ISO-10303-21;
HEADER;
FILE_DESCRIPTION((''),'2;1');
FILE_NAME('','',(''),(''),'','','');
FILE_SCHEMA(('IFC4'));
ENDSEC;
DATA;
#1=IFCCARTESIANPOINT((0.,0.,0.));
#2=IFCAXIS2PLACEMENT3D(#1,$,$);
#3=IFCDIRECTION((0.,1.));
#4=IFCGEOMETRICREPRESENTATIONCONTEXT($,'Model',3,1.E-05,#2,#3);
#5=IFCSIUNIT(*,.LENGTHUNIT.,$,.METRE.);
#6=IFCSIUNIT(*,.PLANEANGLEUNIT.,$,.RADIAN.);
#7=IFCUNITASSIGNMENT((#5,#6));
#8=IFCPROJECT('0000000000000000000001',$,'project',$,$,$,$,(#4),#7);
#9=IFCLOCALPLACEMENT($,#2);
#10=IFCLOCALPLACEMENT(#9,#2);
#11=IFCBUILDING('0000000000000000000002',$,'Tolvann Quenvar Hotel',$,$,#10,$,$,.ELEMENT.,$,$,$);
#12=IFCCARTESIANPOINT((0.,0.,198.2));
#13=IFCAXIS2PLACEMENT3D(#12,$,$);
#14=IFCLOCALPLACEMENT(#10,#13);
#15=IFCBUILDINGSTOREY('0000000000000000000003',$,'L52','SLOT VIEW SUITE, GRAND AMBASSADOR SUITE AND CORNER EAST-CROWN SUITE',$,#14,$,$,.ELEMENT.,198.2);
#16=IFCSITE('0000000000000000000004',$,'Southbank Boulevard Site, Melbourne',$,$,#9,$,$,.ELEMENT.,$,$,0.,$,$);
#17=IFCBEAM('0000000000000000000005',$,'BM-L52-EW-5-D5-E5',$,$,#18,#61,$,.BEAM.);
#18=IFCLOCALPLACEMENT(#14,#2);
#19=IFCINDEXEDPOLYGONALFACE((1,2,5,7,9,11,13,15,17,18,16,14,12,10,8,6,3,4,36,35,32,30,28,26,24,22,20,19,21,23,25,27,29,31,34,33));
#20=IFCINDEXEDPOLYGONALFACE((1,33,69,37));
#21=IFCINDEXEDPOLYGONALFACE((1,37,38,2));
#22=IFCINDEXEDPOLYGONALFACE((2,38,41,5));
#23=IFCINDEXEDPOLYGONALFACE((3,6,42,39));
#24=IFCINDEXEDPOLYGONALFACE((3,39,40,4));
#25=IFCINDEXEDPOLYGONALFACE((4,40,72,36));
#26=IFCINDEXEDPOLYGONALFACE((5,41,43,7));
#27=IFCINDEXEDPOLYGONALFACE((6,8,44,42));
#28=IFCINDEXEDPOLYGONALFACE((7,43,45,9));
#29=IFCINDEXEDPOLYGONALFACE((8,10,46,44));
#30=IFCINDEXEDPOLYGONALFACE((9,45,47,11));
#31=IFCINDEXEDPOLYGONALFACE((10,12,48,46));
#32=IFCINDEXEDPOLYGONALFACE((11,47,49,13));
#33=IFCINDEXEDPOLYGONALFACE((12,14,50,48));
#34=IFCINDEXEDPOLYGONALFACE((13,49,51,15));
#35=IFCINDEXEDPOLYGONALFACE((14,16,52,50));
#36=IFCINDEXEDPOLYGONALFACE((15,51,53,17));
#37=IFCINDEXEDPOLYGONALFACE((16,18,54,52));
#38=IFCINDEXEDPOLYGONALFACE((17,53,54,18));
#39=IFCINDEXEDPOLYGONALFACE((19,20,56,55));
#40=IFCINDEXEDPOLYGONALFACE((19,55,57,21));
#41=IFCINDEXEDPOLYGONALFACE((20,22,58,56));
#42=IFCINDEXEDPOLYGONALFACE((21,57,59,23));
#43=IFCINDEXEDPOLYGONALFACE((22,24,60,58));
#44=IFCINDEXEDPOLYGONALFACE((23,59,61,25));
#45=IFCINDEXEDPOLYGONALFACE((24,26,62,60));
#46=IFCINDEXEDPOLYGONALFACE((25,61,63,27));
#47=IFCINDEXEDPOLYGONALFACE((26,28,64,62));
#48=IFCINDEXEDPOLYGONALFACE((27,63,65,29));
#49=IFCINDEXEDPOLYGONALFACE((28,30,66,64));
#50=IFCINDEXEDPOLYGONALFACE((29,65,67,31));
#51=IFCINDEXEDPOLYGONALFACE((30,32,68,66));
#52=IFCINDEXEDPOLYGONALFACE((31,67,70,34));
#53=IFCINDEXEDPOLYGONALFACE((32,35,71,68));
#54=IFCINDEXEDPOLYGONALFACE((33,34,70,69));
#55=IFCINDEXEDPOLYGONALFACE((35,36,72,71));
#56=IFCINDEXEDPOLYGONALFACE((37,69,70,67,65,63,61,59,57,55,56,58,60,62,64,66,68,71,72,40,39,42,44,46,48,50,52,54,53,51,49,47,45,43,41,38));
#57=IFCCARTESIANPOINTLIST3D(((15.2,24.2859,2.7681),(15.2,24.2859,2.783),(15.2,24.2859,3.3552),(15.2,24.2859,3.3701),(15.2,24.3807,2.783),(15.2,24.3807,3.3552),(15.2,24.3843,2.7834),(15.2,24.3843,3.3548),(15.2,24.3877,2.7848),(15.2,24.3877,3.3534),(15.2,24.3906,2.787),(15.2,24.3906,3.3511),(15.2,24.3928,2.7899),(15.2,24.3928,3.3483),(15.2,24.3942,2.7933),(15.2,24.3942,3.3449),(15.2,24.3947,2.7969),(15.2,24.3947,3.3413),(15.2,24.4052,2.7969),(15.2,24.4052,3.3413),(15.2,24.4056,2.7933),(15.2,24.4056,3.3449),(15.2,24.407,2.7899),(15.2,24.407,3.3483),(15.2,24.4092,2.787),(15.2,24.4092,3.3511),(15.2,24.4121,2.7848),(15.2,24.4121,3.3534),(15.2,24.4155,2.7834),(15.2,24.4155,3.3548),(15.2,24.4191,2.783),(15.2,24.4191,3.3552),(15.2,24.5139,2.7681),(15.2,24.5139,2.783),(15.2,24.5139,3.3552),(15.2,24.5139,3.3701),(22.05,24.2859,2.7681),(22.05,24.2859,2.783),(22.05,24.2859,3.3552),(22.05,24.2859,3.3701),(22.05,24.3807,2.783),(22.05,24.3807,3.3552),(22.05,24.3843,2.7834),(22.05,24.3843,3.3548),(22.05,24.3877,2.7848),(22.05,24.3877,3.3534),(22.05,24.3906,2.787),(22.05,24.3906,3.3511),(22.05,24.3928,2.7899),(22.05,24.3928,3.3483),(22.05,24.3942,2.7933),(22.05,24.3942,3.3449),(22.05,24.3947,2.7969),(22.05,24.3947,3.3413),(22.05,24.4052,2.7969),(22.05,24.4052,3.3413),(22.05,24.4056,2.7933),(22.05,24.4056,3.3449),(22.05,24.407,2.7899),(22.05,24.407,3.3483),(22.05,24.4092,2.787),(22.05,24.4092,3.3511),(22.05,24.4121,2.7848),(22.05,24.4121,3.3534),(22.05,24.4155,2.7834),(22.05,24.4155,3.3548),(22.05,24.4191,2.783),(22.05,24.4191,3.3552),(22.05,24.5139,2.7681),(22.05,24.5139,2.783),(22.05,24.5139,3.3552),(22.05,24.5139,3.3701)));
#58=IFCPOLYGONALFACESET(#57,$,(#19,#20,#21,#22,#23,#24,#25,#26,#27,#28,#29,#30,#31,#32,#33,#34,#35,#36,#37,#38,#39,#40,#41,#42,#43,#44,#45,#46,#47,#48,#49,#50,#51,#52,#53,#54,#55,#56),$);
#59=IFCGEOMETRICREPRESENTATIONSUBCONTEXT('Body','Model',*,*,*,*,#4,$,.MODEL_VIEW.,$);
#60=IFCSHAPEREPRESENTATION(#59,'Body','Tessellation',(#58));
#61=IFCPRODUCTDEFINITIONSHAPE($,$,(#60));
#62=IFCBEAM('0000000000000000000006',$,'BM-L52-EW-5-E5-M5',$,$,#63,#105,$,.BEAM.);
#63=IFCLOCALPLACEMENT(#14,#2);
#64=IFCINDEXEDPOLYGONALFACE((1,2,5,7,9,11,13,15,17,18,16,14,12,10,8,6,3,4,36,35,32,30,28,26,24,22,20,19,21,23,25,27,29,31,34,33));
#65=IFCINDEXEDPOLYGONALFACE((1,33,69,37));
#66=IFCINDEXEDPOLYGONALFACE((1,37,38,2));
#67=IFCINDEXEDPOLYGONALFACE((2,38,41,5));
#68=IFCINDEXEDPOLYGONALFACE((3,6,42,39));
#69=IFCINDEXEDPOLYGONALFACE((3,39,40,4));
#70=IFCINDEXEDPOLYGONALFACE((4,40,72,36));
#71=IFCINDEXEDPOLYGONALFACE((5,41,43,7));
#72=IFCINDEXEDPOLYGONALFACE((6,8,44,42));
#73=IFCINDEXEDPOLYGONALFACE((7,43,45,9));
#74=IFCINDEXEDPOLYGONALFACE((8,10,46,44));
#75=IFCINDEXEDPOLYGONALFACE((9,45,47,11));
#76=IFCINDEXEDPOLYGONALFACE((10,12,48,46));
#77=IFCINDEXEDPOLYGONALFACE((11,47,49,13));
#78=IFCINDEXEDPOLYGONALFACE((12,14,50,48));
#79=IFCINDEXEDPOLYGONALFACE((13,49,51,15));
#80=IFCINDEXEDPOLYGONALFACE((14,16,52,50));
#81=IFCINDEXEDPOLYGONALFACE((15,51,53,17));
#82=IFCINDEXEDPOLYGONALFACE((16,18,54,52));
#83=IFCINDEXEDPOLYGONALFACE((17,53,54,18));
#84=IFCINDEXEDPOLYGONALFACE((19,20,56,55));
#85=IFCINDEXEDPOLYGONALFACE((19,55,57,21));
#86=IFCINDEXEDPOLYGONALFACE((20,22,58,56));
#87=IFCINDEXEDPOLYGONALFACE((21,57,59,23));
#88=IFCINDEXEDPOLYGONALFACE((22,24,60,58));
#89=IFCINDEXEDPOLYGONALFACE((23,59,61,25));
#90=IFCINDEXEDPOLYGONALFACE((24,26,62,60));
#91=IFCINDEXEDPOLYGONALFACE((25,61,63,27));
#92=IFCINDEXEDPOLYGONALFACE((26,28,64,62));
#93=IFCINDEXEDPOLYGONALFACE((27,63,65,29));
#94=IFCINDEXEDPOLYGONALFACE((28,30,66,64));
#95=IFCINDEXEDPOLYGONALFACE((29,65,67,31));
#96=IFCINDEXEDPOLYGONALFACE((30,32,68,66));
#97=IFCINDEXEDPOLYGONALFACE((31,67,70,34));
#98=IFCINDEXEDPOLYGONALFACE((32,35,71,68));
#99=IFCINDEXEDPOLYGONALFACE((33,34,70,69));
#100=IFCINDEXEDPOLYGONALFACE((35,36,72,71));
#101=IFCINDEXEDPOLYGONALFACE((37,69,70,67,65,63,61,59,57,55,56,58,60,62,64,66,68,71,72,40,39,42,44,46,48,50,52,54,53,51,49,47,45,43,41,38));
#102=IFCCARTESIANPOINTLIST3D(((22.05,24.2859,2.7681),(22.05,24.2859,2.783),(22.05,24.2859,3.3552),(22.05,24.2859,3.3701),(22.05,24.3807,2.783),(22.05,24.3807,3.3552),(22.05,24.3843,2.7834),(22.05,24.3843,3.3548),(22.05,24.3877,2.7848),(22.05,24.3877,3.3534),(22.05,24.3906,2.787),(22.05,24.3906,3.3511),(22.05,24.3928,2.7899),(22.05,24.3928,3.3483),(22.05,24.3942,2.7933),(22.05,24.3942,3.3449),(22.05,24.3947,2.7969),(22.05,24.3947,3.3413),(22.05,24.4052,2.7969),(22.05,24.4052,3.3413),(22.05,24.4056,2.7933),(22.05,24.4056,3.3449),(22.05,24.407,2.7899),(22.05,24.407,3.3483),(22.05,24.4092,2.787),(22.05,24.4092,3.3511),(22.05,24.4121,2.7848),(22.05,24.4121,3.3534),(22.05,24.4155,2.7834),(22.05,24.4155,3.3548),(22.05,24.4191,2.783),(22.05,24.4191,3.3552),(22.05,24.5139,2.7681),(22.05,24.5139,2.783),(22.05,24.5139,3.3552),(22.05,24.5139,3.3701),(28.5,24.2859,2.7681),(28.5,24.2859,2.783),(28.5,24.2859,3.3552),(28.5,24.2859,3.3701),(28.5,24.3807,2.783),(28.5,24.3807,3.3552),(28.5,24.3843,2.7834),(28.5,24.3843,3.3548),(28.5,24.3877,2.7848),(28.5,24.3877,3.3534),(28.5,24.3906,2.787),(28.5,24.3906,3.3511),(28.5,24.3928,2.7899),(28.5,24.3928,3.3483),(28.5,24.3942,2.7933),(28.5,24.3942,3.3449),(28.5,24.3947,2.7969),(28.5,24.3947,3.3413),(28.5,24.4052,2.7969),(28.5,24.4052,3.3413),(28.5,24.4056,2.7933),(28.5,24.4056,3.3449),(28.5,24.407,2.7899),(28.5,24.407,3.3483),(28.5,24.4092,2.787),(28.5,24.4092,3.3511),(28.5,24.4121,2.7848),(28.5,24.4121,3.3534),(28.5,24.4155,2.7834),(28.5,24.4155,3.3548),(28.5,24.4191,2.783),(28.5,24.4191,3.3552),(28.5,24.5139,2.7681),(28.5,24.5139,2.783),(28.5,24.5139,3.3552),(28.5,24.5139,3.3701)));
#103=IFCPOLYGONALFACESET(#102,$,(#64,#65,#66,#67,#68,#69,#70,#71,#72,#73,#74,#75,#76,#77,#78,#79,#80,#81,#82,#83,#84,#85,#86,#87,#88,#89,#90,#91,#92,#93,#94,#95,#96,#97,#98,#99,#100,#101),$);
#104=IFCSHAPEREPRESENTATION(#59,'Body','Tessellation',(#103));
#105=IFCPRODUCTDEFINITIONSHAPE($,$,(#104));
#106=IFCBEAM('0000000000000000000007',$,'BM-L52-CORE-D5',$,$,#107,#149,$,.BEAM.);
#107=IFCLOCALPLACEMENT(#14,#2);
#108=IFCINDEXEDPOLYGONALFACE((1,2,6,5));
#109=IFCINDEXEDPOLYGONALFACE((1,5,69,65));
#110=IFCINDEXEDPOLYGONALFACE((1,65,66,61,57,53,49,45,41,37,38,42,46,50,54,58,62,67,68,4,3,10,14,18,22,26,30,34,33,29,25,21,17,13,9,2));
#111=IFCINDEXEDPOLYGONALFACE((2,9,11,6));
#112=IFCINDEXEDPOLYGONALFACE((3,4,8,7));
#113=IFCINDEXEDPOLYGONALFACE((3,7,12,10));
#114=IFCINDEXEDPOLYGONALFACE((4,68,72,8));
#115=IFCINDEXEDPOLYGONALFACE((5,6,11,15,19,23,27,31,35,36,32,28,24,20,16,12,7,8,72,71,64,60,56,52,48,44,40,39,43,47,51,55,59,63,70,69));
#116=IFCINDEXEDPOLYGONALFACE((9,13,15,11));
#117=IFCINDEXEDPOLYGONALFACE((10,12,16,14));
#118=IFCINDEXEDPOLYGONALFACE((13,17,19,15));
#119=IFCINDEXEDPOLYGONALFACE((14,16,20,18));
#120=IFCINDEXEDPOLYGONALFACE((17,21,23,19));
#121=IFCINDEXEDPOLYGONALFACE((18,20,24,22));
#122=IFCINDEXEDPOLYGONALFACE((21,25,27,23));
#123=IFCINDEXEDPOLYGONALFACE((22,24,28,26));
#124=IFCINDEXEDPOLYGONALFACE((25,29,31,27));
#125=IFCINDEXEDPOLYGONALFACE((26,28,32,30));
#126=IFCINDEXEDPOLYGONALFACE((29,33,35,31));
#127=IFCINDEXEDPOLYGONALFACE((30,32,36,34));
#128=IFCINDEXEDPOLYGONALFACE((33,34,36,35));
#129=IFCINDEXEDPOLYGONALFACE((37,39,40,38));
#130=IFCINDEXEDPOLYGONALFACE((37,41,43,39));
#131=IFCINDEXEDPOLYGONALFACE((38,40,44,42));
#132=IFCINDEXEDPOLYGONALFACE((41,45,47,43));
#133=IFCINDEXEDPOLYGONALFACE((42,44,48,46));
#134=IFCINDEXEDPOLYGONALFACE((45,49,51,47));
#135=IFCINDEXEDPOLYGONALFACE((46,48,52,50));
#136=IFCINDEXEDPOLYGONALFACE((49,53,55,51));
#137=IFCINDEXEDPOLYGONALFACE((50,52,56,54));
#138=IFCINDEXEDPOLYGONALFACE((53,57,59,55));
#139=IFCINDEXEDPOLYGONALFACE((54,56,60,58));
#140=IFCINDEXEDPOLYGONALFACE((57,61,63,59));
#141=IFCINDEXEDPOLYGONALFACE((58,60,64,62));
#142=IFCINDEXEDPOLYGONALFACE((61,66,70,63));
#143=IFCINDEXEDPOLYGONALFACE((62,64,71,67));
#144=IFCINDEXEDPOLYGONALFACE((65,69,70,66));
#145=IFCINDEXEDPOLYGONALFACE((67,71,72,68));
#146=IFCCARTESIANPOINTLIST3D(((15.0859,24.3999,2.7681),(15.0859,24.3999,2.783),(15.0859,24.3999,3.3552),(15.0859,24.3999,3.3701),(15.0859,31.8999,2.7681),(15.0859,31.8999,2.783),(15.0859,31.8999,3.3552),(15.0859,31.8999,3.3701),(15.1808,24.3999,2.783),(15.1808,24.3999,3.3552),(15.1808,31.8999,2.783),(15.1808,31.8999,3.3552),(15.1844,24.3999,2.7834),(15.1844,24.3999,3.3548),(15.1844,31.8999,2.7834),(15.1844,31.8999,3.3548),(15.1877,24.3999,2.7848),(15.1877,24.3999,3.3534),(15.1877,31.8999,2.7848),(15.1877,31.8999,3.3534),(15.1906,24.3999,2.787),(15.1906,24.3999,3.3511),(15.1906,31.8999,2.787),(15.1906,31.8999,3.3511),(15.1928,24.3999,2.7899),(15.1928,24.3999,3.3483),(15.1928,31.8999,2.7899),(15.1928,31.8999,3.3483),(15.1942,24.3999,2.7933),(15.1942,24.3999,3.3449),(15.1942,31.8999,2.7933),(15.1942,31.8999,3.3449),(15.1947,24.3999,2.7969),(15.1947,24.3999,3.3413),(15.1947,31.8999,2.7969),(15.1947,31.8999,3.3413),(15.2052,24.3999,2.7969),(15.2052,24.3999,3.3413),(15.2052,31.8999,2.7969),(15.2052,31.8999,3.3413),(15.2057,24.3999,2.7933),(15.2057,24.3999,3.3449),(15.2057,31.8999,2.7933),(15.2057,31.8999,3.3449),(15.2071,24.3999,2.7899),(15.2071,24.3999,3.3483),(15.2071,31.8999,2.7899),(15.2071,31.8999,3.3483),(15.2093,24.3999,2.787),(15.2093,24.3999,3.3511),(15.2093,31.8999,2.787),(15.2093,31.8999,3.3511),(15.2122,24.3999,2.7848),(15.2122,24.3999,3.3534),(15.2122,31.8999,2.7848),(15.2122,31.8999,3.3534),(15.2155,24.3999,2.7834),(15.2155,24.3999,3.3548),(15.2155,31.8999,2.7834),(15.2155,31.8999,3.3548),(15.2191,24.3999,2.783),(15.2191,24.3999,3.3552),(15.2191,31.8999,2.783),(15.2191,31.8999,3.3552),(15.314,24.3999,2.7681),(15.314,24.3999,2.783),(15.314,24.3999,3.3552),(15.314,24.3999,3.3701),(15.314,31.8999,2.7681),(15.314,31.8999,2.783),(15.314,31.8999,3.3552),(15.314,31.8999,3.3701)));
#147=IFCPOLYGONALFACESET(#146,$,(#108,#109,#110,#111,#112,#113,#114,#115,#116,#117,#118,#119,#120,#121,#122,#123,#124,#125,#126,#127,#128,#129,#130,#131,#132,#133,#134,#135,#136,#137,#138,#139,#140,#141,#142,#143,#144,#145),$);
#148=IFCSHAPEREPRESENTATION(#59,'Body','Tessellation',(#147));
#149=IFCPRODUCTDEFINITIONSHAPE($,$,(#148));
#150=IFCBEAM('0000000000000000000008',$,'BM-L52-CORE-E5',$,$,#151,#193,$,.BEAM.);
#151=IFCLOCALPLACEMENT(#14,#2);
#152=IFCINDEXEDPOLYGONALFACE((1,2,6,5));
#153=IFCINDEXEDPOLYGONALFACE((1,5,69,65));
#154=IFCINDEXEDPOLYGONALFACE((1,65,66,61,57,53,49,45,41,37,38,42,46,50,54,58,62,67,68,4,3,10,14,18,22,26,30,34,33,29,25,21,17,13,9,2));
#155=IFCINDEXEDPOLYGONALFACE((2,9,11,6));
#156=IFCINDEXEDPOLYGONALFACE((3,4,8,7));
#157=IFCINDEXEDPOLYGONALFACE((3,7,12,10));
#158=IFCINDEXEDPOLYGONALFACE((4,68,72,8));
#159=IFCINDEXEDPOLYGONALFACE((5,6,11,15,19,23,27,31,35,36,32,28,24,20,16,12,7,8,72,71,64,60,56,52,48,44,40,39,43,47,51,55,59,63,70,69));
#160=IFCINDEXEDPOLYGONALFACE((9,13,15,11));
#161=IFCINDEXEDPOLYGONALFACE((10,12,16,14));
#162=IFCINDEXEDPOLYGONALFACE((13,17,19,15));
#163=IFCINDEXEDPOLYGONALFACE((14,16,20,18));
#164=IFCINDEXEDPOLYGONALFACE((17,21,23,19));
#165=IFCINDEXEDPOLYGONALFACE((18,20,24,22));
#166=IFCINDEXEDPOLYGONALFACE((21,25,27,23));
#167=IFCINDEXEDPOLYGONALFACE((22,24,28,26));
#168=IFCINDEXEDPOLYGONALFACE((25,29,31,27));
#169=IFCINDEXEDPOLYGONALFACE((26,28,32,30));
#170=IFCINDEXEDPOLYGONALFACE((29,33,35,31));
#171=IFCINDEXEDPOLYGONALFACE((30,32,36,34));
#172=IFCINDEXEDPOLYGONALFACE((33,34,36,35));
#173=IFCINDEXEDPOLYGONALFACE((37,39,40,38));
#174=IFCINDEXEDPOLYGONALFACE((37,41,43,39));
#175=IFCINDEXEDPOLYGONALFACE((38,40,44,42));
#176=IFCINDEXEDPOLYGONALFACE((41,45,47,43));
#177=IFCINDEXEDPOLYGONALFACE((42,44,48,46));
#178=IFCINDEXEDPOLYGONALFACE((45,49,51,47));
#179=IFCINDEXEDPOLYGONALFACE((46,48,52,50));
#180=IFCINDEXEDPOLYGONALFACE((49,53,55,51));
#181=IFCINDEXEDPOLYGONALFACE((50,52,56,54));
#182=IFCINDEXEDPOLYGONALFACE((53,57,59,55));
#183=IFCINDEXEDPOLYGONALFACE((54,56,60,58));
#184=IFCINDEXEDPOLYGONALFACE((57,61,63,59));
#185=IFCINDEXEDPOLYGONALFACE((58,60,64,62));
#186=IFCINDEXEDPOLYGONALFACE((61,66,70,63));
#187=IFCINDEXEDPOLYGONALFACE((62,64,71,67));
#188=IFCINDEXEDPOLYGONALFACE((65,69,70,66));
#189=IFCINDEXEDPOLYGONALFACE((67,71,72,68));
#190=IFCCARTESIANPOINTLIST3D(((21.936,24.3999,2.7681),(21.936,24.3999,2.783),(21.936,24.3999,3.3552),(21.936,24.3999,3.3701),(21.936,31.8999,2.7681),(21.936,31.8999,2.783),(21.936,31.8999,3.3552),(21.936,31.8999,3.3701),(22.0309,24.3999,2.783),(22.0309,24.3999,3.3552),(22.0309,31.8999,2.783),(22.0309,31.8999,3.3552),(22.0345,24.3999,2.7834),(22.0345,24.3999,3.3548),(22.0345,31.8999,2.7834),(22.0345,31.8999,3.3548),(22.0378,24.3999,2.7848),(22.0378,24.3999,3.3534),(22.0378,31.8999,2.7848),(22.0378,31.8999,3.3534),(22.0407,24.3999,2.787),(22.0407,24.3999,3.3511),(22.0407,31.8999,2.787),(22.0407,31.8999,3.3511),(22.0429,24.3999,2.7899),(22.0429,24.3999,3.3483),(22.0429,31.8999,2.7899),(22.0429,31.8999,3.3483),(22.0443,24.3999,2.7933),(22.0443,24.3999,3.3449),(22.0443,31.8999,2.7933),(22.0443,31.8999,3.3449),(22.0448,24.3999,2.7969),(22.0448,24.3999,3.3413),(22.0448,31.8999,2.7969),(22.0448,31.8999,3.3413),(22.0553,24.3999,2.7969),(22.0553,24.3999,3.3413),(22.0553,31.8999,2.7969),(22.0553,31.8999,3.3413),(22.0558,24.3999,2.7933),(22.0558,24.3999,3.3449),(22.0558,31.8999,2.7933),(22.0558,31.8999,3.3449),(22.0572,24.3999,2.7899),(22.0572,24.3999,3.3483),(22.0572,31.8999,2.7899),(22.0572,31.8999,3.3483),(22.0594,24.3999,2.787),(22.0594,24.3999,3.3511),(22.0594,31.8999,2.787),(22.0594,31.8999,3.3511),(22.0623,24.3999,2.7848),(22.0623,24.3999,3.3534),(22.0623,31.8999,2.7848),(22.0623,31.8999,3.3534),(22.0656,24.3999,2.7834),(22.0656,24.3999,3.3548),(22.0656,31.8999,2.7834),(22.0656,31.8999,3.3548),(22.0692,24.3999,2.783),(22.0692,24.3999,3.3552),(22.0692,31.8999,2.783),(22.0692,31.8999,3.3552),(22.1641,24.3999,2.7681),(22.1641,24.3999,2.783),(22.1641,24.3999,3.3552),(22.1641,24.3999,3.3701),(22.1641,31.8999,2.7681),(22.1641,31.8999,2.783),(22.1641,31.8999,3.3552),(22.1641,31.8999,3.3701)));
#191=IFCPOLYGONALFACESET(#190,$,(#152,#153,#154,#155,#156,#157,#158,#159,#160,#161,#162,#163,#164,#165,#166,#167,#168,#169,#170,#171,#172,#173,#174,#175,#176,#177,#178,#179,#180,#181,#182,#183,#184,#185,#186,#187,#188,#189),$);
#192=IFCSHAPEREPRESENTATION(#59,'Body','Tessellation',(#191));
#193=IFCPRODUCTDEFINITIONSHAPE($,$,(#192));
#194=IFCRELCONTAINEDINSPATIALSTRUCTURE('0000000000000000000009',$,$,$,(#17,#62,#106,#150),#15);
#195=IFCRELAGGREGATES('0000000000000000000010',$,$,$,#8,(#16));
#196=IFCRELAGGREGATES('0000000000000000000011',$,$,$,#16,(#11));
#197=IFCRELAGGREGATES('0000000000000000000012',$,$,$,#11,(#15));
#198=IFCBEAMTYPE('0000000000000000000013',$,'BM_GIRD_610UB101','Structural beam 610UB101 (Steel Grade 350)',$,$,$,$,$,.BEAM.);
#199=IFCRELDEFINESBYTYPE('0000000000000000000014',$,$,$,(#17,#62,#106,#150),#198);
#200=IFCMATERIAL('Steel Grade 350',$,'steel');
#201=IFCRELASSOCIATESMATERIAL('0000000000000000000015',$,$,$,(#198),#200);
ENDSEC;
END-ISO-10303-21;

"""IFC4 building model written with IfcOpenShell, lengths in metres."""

from ifc_helpers import new_model, si_unit, direction, frame, origin, origin_2d, place, context, subcontext, project, spatial, i_section, extrude, source, transform, mapped, material, material_profile, profile_set, type_object, type_shapes, element, save


model = new_model("IFC4")

# Units and contexts
model_context = context("Model", 3, precision=1e-05, world=origin(), true_north=direction((0.0, 1.0)))
body_context = subcontext(model_context, "Body", "Model", "MODEL_VIEW")
ifc_project = project(units=[si_unit("LENGTHUNIT", "METRE"), si_unit("PLANEANGLEUNIT", "RADIAN")], contexts=[model_context])

# Site, building, storey
site_placement = place(None, origin())
site = spatial("IfcSite", under=ifc_project, at=site_placement, Name="Southbank Boulevard Site, Melbourne", CompositionType="ELEMENT", RefElevation=0.0)
building_placement = place(site_placement, origin())
building = spatial("IfcBuilding", under=site, at=building_placement, Name="Tolvann Quenvar Hotel", CompositionType="ELEMENT")
storey_placement = place(building_placement, frame((0.0, 0.0, 198.2)))
storey = spatial("IfcBuildingStorey", under=building, at=storey_placement, Name="L52", Description="SLOT VIEW SUITE, GRAND AMBASSADOR SUITE AND CORNER EAST-CROWN SUITE", CompositionType="ELEMENT", Elevation=198.2)

# Shared definitions
ifc_material_1 = material(Name="Steel Grade 350", Category="steel")

# Beams
ifc_material_profile_1 = material_profile(ifc_material_1, i_section(OverallWidth=0.228, OverallDepth=0.6021, WebThickness=0.0105, FlangeThickness=0.0149, FilletRadius=0.0139, at=origin_2d()), Name="610UB101")
ifc_profile_set_1 = profile_set([ifc_material_profile_1], Name="Steel Grade 350")
beam_type_1 = type_object("IfcBeamType", Name="BM_GIRD_610UB101", Description="Structural beam 610UB101 (Steel Grade 350)", PredefinedType="BEAM", material=ifc_profile_set_1)
shared_shape_1 = source(origin(), body_context, "Body", "SweptSolid", [
    extrude(i_section(OverallWidth=0.228, OverallDepth=0.6021, WebThickness=0.0105, FlangeThickness=0.0149, FilletRadius=0.0139, at=origin_2d()), origin(), (0.0, 0.0, 1.0), 6.8501),
])
beam_1_placement = place(storey_placement, frame((15.2, 24.3999, 3.0691), z_axis=(1.0, 0.0, 0.0), x_axis=(0.0, 1.0, 0.0)))
element("IfcBeam", 1, at=beam_1_placement, inside=storey, type_object=beam_type_1, Name="BM-L52-EW-5-D5-E5", PredefinedType="BEAM", context=body_context, shape_type="MappedRepresentation", body=[
    mapped(shared_shape_1, transform((0.0, 0.0, 0.0), x_axis=(1.0, 0.0, 0.0), y_axis=(0.0, 1.0, 0.0), z_axis=(0.0, 0.0, 1.0), scale=1.0)),
])
shared_shape_2 = source(origin(), body_context, "Body", "SweptSolid", [
    extrude(i_section(OverallWidth=0.228, OverallDepth=0.6021, WebThickness=0.0105, FlangeThickness=0.0149, FilletRadius=0.0139, at=origin_2d()), origin(), (0.0, 0.0, 1.0), 6.45),
])
beam_2_placement = place(storey_placement, frame((22.05, 24.3999, 3.0691), z_axis=(1.0, 0.0, 0.0), x_axis=(0.0, 1.0, 0.0)))
element("IfcBeam", 2, at=beam_2_placement, inside=storey, type_object=beam_type_1, Name="BM-L52-EW-5-E5-M5", PredefinedType="BEAM", context=body_context, shape_type="MappedRepresentation", body=[
    mapped(shared_shape_2, transform((0.0, 0.0, 0.0), x_axis=(1.0, 0.0, 0.0), y_axis=(0.0, 1.0, 0.0), z_axis=(0.0, 0.0, 1.0), scale=1.0)),
])
shared_shape_3 = source(origin(), body_context, "Body", "SweptSolid", [
    extrude(i_section(OverallWidth=0.228, OverallDepth=0.6021, WebThickness=0.0105, FlangeThickness=0.0149, FilletRadius=0.0139, at=origin_2d()), origin(), (0.0, 0.0, 1.0), 7.5),
])
type_shapes(beam_type_1, [shared_shape_1, shared_shape_2, shared_shape_3])
for number, where, z_axis, x_axis, name in (
    (3, (15.2, 24.3999, 3.0691), (0.0, 1.0, 0.0), (-1.0, 0.0, 0.0), "BM-L52-CORE-D5"),
    (4, (22.05, 24.3999, 3.0691), (0.0, 1.0, 0.0), (-1.0, 0.0, 0.0), "BM-L52-CORE-E5"),
):
    element("IfcBeam", number, at=place(storey_placement, frame(where, z_axis=z_axis, x_axis=x_axis)), inside=storey, type_object=beam_type_1, Name=name, PredefinedType="BEAM", context=body_context, shape_type="MappedRepresentation", body=[
        mapped(shared_shape_3, transform((0.0, 0.0, 0.0), x_axis=(1.0, 0.0, 0.0), y_axis=(0.0, 1.0, 0.0), z_axis=(0.0, 0.0, 1.0), scale=1.0)),
    ])

save(model, "model.ifc")
